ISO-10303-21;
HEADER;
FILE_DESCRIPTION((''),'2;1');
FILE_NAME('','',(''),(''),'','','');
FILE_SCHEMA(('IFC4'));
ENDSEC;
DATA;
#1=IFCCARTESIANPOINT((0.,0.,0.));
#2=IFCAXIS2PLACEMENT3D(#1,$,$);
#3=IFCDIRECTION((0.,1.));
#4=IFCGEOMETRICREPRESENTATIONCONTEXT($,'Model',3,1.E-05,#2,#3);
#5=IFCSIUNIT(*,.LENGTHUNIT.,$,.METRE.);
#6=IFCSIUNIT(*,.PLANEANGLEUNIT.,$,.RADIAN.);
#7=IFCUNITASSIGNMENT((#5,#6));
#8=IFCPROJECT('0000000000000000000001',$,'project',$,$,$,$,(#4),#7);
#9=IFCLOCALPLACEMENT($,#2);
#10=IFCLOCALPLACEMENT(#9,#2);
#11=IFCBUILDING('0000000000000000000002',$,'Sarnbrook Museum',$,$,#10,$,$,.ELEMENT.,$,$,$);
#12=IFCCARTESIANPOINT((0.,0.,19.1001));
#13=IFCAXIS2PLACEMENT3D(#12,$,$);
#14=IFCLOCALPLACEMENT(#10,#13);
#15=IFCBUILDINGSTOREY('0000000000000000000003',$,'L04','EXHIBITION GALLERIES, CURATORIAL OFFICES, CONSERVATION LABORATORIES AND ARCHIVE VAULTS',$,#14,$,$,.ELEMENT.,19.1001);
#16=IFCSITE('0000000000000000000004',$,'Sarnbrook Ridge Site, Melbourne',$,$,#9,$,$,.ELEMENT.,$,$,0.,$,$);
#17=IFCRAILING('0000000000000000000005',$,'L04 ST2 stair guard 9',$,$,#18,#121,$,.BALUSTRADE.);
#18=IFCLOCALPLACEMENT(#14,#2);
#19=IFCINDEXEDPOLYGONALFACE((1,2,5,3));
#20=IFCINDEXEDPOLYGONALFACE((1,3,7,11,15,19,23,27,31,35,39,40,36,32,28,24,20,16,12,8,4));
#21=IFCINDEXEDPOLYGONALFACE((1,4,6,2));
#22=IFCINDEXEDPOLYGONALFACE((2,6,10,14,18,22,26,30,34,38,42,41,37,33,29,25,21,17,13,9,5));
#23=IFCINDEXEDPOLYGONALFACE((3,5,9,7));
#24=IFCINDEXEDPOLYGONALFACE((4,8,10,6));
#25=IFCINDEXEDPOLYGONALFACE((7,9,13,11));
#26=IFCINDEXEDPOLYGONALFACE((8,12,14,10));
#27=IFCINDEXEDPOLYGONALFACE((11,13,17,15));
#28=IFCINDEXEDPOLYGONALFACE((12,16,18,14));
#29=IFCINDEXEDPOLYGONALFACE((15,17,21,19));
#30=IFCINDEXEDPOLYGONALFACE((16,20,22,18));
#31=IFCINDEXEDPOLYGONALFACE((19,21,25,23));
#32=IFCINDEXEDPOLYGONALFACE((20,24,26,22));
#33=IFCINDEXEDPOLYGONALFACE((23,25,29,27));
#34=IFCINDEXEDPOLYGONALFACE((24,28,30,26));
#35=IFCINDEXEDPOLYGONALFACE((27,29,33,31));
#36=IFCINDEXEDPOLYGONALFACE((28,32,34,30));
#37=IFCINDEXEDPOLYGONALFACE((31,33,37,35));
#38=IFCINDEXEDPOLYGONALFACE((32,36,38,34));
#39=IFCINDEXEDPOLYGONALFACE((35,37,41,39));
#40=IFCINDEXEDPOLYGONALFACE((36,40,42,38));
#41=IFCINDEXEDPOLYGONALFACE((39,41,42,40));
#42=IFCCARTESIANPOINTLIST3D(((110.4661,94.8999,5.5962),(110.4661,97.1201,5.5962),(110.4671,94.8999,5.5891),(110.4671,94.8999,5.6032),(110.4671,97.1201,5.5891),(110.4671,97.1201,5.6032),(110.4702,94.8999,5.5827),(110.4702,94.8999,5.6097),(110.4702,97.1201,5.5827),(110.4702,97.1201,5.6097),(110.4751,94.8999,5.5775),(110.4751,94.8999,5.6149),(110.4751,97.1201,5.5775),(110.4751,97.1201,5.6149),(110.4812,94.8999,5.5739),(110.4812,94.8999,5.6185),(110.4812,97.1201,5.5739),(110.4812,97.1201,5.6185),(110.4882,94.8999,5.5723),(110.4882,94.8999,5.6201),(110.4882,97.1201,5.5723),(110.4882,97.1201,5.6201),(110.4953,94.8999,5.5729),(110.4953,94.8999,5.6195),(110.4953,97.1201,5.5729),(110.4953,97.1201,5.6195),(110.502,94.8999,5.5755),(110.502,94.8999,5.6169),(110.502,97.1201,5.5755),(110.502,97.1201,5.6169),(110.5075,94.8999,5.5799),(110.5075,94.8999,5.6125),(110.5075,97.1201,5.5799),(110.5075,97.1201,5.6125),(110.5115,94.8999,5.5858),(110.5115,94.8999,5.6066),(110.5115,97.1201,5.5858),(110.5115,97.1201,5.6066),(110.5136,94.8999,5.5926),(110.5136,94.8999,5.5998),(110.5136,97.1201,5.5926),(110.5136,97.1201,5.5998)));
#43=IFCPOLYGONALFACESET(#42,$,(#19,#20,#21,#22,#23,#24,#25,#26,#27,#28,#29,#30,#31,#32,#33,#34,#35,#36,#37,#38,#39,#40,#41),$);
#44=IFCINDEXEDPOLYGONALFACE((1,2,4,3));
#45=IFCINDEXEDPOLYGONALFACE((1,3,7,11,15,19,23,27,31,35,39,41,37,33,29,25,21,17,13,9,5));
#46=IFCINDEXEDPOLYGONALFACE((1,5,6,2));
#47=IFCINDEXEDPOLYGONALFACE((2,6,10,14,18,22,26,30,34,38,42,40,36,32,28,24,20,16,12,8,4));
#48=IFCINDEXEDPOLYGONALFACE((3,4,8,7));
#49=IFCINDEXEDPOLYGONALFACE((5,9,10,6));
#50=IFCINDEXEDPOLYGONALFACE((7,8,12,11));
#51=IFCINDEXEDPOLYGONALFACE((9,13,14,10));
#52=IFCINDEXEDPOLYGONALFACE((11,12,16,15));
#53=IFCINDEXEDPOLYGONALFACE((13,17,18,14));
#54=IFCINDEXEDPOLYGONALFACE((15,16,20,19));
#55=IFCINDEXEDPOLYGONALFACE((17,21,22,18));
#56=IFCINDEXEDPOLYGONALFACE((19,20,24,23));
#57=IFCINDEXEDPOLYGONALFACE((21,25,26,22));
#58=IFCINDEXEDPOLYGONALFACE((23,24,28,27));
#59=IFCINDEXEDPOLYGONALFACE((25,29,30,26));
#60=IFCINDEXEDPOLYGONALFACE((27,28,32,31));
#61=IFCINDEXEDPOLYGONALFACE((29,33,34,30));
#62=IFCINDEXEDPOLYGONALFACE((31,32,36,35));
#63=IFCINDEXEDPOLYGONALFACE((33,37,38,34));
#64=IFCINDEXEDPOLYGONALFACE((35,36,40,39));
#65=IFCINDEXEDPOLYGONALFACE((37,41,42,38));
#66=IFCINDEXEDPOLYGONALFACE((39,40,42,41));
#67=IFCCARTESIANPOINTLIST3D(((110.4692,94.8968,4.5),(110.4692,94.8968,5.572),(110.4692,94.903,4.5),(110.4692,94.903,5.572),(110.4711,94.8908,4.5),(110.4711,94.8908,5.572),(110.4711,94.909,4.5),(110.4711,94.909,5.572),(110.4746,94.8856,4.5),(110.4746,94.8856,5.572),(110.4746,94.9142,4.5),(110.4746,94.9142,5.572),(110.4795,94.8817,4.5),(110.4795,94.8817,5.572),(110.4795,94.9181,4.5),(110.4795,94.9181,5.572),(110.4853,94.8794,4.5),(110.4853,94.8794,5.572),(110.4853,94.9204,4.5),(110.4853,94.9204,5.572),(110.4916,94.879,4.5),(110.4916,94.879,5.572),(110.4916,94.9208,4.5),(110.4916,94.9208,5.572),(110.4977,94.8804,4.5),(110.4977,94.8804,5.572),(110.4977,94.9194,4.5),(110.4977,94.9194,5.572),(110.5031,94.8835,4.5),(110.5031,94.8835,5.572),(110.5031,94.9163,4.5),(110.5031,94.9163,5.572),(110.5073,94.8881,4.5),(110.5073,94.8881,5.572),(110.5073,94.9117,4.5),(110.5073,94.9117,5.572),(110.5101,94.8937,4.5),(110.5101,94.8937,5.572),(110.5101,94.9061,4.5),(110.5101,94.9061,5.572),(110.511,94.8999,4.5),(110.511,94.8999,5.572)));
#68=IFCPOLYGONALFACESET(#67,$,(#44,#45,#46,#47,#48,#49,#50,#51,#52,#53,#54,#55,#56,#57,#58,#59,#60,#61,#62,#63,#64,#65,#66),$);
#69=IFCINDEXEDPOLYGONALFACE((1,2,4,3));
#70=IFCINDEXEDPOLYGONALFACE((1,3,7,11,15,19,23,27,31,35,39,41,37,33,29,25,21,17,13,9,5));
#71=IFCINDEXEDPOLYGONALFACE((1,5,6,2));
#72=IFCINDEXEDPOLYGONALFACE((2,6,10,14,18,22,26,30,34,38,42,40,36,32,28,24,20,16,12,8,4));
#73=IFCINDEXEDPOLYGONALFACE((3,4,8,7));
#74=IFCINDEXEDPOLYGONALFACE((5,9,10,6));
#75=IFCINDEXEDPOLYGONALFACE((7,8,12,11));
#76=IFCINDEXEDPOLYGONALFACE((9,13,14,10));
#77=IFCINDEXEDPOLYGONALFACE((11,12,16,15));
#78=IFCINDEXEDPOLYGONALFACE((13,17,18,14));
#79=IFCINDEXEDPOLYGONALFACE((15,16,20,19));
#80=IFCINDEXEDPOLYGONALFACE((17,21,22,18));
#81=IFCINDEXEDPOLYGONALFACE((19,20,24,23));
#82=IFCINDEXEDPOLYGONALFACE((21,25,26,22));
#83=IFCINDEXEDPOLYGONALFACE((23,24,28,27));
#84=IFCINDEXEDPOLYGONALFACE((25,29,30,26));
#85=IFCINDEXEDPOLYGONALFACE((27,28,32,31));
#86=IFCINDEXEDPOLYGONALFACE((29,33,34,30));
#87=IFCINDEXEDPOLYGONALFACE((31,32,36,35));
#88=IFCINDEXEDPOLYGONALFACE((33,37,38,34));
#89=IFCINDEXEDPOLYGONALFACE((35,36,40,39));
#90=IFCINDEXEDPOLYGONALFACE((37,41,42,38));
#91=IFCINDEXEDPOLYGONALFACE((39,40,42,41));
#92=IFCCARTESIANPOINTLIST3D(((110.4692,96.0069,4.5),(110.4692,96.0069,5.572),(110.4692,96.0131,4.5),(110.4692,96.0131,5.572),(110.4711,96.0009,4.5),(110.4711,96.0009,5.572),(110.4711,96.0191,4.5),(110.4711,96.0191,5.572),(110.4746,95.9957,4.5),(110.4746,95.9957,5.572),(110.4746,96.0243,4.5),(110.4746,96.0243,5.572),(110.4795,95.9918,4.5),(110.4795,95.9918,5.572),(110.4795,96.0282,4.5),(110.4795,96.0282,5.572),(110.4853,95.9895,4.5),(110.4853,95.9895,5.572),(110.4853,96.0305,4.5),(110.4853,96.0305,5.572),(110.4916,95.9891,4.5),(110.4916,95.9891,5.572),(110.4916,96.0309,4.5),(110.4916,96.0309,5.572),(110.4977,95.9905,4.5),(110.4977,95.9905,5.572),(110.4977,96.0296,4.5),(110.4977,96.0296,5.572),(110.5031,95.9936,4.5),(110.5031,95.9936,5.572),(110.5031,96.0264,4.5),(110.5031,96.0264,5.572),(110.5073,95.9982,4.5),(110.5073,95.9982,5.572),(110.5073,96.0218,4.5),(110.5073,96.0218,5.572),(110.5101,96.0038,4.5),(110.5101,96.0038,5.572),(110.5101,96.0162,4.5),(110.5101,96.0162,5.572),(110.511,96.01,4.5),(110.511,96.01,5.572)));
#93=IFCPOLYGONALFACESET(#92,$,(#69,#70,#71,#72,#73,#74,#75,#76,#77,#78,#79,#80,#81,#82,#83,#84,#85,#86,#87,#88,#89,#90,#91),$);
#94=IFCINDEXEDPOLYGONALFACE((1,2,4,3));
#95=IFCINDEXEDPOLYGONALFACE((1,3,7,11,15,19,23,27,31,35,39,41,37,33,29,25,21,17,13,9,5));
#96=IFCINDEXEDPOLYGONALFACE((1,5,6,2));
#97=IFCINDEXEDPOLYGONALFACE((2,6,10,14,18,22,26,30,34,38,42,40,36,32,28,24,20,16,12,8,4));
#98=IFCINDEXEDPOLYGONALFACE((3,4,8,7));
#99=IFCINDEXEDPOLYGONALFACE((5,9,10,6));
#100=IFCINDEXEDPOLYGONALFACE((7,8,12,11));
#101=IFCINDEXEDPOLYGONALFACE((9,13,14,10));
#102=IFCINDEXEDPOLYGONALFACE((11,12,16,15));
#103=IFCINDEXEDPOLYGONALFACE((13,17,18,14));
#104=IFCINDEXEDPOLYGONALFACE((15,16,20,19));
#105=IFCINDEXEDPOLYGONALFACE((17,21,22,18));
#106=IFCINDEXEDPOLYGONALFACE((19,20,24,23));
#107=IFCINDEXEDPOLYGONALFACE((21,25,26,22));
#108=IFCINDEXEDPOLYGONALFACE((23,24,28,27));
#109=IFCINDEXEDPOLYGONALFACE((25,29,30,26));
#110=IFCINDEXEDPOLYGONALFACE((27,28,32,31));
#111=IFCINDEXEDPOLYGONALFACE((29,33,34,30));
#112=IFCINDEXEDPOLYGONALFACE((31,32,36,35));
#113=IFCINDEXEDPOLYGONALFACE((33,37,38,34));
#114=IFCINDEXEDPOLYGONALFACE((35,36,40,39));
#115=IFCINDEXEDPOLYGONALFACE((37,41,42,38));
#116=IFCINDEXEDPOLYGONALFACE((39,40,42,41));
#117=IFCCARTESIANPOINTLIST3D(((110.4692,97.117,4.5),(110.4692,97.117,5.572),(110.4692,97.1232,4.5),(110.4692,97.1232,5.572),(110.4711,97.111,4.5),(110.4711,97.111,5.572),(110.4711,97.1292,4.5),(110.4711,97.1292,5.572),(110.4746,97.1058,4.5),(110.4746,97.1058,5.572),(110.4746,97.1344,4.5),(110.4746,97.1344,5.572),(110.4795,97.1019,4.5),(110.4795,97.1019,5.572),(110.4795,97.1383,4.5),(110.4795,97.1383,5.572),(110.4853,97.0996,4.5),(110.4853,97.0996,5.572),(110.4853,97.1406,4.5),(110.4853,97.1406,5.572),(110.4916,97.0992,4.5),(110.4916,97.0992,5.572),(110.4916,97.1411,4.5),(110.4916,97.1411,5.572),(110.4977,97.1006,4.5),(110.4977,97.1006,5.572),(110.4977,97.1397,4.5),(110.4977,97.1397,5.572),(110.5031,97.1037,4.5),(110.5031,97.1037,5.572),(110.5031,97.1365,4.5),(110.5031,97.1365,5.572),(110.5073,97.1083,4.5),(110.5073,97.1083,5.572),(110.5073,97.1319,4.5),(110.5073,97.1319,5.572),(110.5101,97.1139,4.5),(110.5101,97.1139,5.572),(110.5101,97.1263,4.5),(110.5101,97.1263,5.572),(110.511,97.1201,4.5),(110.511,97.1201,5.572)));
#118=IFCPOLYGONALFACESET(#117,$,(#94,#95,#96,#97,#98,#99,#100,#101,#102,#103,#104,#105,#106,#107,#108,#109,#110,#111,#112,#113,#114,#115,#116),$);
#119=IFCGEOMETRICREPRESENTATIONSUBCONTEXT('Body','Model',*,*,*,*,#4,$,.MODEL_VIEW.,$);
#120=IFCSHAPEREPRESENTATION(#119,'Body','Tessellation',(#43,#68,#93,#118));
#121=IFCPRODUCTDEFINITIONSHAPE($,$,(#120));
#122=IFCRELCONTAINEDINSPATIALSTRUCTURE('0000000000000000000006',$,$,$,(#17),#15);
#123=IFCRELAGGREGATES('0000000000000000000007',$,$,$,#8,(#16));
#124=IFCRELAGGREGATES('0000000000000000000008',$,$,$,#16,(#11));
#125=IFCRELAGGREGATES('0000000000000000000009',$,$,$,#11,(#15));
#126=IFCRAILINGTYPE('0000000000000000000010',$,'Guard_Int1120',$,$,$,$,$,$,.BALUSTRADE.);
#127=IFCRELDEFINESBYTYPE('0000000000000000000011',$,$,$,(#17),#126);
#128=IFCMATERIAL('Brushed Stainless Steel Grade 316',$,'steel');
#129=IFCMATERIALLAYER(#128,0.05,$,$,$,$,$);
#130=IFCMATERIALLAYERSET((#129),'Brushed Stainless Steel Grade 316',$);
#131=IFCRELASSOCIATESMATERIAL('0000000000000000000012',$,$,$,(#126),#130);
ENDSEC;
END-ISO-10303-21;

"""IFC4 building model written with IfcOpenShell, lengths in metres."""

from ifc_helpers import new_model, si_unit, direction, frame, origin, origin_2d, place, context, subcontext, project, spatial, circle, extrude, material, layer, layer_set, type_object, element, save


model = new_model("IFC4")

# Units and contexts
model_context = context("Model", 3, precision=1e-05, world=origin(), true_north=direction((0.0, 1.0)))
body_context = subcontext(model_context, "Body", "Model", "MODEL_VIEW")
ifc_project = project(units=[si_unit("LENGTHUNIT", "METRE"), si_unit("PLANEANGLEUNIT", "RADIAN")], contexts=[model_context])

# Site, building, storey
site_placement = place(None, origin())
site = spatial("IfcSite", under=ifc_project, at=site_placement, Name="Sarnbrook Ridge Site, Melbourne", CompositionType="ELEMENT", RefElevation=0.0)
building_placement = place(site_placement, origin())
building = spatial("IfcBuilding", under=site, at=building_placement, Name="Sarnbrook Museum", CompositionType="ELEMENT")
storey_placement = place(building_placement, frame((0.0, 0.0, 19.1001)))
storey = spatial("IfcBuildingStorey", under=building, at=storey_placement, Name="L04", Description="EXHIBITION GALLERIES, CURATORIAL OFFICES, CONSERVATION LABORATORIES AND ARCHIVE VAULTS", CompositionType="ELEMENT", Elevation=19.1001)

# Railing
ifc_material_1 = material(Name="Brushed Stainless Steel Grade 316", Category="steel")
ifc_layer_1 = layer(ifc_material_1, 0.05)
ifc_layer_set_1 = layer_set([ifc_layer_1], Name="Brushed Stainless Steel Grade 316")
railing_type_1 = type_object("IfcRailingType", Name="Guard_Int1120", PredefinedType="BALUSTRADE", material=ifc_layer_set_1)
railing_1_placement = place(storey_placement, frame((110.49, 94.8999, 4.5)))
element("IfcRailing", 1, at=railing_1_placement, inside=storey, type_object=railing_type_1, Name="L04 ST2 stair guard 9", PredefinedType="BALUSTRADE", context=body_context, shape_type="SweptSolid", body=[
    extrude(circle(Radius=0.0239, at=origin_2d()), frame((0.0, 0.0, 1.0962), z_axis=(0.0, 1.0, 0.0), x_axis=(-1.0, 0.0, 0.0)), (0.0, 0.0, 1.0), 2.2202),
    extrude(circle(Radius=0.021, at=origin_2d()), origin(), (0.0, 0.0, 1.0), 1.072),
    extrude(circle(Radius=0.021, at=origin_2d()), frame((0.0, 1.1101, 0.0)), (0.0, 0.0, 1.0), 1.072),
    extrude(circle(Radius=0.021, at=origin_2d()), frame((0.0, 2.2202, 0.0)), (0.0, 0.0, 1.0), 1.072),
])

save(model, "model.ifc")
